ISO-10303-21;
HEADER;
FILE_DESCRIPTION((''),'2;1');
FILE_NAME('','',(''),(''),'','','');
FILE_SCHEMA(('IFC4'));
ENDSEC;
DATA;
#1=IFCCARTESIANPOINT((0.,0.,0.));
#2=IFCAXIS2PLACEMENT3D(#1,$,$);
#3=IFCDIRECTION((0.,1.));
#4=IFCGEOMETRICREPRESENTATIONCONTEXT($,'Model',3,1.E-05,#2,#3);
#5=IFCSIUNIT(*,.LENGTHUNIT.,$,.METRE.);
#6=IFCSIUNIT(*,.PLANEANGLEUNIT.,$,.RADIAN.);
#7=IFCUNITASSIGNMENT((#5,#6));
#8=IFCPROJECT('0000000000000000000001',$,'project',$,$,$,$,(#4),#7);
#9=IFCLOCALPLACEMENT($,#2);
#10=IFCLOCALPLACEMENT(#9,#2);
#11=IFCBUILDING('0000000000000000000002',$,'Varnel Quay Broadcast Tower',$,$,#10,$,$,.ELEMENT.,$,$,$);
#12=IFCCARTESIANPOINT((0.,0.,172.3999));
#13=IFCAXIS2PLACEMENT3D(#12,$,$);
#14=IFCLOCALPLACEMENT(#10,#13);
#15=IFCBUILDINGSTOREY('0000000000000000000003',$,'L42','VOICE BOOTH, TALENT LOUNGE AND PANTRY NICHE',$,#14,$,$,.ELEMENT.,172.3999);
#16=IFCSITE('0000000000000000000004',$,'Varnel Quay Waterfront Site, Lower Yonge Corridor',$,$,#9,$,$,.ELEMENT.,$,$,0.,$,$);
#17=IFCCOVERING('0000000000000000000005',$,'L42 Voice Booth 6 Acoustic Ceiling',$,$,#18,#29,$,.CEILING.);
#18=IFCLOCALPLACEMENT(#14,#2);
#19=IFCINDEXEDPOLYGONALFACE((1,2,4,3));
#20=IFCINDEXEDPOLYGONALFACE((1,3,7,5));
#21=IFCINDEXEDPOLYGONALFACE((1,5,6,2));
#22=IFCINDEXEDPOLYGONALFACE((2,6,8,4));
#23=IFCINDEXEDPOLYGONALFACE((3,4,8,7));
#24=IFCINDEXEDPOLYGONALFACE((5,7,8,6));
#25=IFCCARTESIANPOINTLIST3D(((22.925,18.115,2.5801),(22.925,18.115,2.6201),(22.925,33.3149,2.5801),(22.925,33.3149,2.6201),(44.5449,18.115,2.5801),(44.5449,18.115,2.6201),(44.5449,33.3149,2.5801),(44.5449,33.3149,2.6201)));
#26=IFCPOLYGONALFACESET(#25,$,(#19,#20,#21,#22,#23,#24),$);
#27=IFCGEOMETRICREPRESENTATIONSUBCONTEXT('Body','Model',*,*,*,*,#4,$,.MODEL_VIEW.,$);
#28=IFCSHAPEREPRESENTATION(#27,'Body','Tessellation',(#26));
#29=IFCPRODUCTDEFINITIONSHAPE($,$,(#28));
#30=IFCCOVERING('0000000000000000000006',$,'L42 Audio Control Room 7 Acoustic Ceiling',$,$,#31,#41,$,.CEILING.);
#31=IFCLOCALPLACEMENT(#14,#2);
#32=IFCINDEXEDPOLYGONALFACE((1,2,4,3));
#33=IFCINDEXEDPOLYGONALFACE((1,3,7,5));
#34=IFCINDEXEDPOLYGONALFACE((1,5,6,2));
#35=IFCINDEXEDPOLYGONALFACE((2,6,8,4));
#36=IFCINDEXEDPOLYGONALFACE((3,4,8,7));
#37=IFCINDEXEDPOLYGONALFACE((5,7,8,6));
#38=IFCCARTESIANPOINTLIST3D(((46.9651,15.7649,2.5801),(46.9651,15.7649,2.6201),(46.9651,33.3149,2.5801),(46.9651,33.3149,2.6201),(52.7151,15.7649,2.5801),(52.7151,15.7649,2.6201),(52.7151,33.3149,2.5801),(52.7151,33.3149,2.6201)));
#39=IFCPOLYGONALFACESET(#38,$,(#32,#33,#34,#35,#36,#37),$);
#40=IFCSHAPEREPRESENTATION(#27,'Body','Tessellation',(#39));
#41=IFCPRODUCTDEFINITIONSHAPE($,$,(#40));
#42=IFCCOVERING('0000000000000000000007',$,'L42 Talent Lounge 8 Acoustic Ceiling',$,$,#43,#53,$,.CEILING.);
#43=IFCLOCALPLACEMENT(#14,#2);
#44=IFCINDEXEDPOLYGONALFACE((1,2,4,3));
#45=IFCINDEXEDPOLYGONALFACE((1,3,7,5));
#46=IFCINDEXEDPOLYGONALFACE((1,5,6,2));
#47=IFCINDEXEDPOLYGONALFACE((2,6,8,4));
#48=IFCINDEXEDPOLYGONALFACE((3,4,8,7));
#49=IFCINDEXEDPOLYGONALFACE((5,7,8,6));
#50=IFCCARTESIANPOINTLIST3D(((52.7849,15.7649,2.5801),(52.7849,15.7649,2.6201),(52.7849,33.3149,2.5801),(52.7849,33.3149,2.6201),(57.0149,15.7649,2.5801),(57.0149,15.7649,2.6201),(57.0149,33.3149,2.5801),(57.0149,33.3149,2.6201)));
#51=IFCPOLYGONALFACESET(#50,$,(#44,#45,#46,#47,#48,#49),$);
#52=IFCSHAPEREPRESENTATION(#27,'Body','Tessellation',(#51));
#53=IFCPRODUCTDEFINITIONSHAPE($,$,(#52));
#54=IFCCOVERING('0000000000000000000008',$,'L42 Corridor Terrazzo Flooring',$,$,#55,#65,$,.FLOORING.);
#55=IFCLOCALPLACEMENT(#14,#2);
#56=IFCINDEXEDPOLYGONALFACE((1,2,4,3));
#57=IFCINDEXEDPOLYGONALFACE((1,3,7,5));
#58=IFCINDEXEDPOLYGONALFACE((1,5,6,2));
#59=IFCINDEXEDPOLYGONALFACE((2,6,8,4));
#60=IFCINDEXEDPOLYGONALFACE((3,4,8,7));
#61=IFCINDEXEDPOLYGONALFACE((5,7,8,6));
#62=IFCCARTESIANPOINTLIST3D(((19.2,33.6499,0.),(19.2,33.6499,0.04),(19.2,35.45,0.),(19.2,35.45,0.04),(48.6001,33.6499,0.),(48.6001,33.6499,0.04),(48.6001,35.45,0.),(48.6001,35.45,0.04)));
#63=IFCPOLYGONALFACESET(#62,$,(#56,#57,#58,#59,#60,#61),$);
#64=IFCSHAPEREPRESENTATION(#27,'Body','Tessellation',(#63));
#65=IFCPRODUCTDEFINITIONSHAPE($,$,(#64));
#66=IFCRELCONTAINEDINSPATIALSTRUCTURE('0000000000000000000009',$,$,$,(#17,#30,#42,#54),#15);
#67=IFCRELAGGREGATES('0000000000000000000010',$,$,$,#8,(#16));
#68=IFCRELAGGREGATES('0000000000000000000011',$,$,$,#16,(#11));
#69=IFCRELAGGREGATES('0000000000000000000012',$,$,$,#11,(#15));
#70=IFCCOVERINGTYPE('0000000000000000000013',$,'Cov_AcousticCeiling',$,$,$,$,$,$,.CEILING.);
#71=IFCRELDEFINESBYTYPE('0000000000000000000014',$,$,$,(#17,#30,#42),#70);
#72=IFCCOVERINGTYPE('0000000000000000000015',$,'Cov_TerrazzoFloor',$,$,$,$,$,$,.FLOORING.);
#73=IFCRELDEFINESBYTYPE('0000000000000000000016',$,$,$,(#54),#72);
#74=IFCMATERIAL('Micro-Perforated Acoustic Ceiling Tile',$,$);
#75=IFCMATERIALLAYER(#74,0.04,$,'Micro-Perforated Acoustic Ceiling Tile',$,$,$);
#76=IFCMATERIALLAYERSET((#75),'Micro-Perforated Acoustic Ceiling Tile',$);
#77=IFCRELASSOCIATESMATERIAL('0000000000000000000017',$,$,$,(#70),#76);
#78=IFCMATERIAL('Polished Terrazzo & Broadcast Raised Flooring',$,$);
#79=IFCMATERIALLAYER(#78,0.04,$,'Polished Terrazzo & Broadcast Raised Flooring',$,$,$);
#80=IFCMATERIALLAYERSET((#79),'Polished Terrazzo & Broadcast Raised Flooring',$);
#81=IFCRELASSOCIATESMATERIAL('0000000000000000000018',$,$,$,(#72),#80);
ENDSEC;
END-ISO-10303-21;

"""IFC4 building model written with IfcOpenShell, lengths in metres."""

from ifc_helpers import new_model, si_unit, direction, frame, origin, place, context, subcontext, project, spatial, polyline, outline, extrude, material, layer, layer_set, type_object, element, save


model = new_model("IFC4")

# Units and contexts
model_context = context("Model", 3, precision=1e-05, world=origin(), true_north=direction((0.0, 1.0)))
body_context = subcontext(model_context, "Body", "Model", "MODEL_VIEW")
ifc_project = project(units=[si_unit("LENGTHUNIT", "METRE"), si_unit("PLANEANGLEUNIT", "RADIAN")], contexts=[model_context])

# Site, building, storey
site_placement = place(None, origin())
site = spatial("IfcSite", under=ifc_project, at=site_placement, Name="Varnel Quay Waterfront Site, Lower Yonge Corridor", CompositionType="ELEMENT", RefElevation=0.0)
building_placement = place(site_placement, origin())
building = spatial("IfcBuilding", under=site, at=building_placement, Name="Varnel Quay Broadcast Tower", CompositionType="ELEMENT")
storey_placement = place(building_placement, frame((0.0, 0.0, 172.3999)))
storey = spatial("IfcBuildingStorey", under=building, at=storey_placement, Name="L42", Description="VOICE BOOTH, TALENT LOUNGE AND PANTRY NICHE", CompositionType="ELEMENT", Elevation=172.3999)

# Coverings
ifc_material_1 = material(Name="Micro-Perforated Acoustic Ceiling Tile")
ifc_layer_1 = layer(ifc_material_1, 0.04, Name="Micro-Perforated Acoustic Ceiling Tile")
ifc_layer_set_1 = layer_set([ifc_layer_1], Name="Micro-Perforated Acoustic Ceiling Tile")
covering_type_1 = type_object("IfcCoveringType", Name="Cov_AcousticCeiling", PredefinedType="CEILING", material=ifc_layer_set_1)
covering_1_placement = place(storey_placement, frame((0.0, 0.0, 2.5801)))
element("IfcCovering", 1, at=covering_1_placement, inside=storey, type_object=covering_type_1, Name="L42 Voice Booth 6 Acoustic Ceiling", PredefinedType="CEILING", context=body_context, shape_type="SweptSolid", body=[
    extrude(outline(polyline([(22.925, 18.115), (44.5449, 18.115), (44.5449, 33.3149), (22.925, 33.3149), (22.925, 18.115)])), origin(), (0.0, 0.0, 1.0), 0.04),
])
covering_2_placement = place(storey_placement, frame((0.0, 0.0, 2.5801)))
element("IfcCovering", 2, at=covering_2_placement, inside=storey, type_object=covering_type_1, Name="L42 Audio Control Room 7 Acoustic Ceiling", PredefinedType="CEILING", context=body_context, shape_type="SweptSolid", body=[
    extrude(outline(polyline([(46.9651, 15.7649), (52.7151, 15.7649), (52.7151, 33.3149), (46.9651, 33.3149), (46.9651, 15.7649)])), origin(), (0.0, 0.0, 1.0), 0.04),
])
covering_3_placement = place(storey_placement, frame((0.0, 0.0, 2.5801)))
element("IfcCovering", 3, at=covering_3_placement, inside=storey, type_object=covering_type_1, Name="L42 Talent Lounge 8 Acoustic Ceiling", PredefinedType="CEILING", context=body_context, shape_type="SweptSolid", body=[
    extrude(outline(polyline([(52.7849, 15.7649), (57.0149, 15.7649), (57.0149, 33.3149), (52.7849, 33.3149), (52.7849, 15.7649)])), origin(), (0.0, 0.0, 1.0), 0.04),
])
ifc_material_2 = material(Name="Polished Terrazzo & Broadcast Raised Flooring")
ifc_layer_2 = layer(ifc_material_2, 0.04, Name="Polished Terrazzo & Broadcast Raised Flooring")
ifc_layer_set_2 = layer_set([ifc_layer_2], Name="Polished Terrazzo & Broadcast Raised Flooring")
covering_type_2 = type_object("IfcCoveringType", Name="Cov_TerrazzoFloor", PredefinedType="FLOORING", material=ifc_layer_set_2)
covering_4_placement = place(storey_placement, origin())
element("IfcCovering", 4, at=covering_4_placement, inside=storey, type_object=covering_type_2, Name="L42 Corridor Terrazzo Flooring", PredefinedType="FLOORING", context=body_context, shape_type="SweptSolid", body=[
    extrude(outline(polyline([(19.2, 33.6499), (48.6001, 33.6499), (48.6001, 35.45), (19.2, 35.45), (19.2, 33.6499)])), origin(), (0.0, 0.0, 1.0), 0.04),
])

save(model, "model.ifc")
